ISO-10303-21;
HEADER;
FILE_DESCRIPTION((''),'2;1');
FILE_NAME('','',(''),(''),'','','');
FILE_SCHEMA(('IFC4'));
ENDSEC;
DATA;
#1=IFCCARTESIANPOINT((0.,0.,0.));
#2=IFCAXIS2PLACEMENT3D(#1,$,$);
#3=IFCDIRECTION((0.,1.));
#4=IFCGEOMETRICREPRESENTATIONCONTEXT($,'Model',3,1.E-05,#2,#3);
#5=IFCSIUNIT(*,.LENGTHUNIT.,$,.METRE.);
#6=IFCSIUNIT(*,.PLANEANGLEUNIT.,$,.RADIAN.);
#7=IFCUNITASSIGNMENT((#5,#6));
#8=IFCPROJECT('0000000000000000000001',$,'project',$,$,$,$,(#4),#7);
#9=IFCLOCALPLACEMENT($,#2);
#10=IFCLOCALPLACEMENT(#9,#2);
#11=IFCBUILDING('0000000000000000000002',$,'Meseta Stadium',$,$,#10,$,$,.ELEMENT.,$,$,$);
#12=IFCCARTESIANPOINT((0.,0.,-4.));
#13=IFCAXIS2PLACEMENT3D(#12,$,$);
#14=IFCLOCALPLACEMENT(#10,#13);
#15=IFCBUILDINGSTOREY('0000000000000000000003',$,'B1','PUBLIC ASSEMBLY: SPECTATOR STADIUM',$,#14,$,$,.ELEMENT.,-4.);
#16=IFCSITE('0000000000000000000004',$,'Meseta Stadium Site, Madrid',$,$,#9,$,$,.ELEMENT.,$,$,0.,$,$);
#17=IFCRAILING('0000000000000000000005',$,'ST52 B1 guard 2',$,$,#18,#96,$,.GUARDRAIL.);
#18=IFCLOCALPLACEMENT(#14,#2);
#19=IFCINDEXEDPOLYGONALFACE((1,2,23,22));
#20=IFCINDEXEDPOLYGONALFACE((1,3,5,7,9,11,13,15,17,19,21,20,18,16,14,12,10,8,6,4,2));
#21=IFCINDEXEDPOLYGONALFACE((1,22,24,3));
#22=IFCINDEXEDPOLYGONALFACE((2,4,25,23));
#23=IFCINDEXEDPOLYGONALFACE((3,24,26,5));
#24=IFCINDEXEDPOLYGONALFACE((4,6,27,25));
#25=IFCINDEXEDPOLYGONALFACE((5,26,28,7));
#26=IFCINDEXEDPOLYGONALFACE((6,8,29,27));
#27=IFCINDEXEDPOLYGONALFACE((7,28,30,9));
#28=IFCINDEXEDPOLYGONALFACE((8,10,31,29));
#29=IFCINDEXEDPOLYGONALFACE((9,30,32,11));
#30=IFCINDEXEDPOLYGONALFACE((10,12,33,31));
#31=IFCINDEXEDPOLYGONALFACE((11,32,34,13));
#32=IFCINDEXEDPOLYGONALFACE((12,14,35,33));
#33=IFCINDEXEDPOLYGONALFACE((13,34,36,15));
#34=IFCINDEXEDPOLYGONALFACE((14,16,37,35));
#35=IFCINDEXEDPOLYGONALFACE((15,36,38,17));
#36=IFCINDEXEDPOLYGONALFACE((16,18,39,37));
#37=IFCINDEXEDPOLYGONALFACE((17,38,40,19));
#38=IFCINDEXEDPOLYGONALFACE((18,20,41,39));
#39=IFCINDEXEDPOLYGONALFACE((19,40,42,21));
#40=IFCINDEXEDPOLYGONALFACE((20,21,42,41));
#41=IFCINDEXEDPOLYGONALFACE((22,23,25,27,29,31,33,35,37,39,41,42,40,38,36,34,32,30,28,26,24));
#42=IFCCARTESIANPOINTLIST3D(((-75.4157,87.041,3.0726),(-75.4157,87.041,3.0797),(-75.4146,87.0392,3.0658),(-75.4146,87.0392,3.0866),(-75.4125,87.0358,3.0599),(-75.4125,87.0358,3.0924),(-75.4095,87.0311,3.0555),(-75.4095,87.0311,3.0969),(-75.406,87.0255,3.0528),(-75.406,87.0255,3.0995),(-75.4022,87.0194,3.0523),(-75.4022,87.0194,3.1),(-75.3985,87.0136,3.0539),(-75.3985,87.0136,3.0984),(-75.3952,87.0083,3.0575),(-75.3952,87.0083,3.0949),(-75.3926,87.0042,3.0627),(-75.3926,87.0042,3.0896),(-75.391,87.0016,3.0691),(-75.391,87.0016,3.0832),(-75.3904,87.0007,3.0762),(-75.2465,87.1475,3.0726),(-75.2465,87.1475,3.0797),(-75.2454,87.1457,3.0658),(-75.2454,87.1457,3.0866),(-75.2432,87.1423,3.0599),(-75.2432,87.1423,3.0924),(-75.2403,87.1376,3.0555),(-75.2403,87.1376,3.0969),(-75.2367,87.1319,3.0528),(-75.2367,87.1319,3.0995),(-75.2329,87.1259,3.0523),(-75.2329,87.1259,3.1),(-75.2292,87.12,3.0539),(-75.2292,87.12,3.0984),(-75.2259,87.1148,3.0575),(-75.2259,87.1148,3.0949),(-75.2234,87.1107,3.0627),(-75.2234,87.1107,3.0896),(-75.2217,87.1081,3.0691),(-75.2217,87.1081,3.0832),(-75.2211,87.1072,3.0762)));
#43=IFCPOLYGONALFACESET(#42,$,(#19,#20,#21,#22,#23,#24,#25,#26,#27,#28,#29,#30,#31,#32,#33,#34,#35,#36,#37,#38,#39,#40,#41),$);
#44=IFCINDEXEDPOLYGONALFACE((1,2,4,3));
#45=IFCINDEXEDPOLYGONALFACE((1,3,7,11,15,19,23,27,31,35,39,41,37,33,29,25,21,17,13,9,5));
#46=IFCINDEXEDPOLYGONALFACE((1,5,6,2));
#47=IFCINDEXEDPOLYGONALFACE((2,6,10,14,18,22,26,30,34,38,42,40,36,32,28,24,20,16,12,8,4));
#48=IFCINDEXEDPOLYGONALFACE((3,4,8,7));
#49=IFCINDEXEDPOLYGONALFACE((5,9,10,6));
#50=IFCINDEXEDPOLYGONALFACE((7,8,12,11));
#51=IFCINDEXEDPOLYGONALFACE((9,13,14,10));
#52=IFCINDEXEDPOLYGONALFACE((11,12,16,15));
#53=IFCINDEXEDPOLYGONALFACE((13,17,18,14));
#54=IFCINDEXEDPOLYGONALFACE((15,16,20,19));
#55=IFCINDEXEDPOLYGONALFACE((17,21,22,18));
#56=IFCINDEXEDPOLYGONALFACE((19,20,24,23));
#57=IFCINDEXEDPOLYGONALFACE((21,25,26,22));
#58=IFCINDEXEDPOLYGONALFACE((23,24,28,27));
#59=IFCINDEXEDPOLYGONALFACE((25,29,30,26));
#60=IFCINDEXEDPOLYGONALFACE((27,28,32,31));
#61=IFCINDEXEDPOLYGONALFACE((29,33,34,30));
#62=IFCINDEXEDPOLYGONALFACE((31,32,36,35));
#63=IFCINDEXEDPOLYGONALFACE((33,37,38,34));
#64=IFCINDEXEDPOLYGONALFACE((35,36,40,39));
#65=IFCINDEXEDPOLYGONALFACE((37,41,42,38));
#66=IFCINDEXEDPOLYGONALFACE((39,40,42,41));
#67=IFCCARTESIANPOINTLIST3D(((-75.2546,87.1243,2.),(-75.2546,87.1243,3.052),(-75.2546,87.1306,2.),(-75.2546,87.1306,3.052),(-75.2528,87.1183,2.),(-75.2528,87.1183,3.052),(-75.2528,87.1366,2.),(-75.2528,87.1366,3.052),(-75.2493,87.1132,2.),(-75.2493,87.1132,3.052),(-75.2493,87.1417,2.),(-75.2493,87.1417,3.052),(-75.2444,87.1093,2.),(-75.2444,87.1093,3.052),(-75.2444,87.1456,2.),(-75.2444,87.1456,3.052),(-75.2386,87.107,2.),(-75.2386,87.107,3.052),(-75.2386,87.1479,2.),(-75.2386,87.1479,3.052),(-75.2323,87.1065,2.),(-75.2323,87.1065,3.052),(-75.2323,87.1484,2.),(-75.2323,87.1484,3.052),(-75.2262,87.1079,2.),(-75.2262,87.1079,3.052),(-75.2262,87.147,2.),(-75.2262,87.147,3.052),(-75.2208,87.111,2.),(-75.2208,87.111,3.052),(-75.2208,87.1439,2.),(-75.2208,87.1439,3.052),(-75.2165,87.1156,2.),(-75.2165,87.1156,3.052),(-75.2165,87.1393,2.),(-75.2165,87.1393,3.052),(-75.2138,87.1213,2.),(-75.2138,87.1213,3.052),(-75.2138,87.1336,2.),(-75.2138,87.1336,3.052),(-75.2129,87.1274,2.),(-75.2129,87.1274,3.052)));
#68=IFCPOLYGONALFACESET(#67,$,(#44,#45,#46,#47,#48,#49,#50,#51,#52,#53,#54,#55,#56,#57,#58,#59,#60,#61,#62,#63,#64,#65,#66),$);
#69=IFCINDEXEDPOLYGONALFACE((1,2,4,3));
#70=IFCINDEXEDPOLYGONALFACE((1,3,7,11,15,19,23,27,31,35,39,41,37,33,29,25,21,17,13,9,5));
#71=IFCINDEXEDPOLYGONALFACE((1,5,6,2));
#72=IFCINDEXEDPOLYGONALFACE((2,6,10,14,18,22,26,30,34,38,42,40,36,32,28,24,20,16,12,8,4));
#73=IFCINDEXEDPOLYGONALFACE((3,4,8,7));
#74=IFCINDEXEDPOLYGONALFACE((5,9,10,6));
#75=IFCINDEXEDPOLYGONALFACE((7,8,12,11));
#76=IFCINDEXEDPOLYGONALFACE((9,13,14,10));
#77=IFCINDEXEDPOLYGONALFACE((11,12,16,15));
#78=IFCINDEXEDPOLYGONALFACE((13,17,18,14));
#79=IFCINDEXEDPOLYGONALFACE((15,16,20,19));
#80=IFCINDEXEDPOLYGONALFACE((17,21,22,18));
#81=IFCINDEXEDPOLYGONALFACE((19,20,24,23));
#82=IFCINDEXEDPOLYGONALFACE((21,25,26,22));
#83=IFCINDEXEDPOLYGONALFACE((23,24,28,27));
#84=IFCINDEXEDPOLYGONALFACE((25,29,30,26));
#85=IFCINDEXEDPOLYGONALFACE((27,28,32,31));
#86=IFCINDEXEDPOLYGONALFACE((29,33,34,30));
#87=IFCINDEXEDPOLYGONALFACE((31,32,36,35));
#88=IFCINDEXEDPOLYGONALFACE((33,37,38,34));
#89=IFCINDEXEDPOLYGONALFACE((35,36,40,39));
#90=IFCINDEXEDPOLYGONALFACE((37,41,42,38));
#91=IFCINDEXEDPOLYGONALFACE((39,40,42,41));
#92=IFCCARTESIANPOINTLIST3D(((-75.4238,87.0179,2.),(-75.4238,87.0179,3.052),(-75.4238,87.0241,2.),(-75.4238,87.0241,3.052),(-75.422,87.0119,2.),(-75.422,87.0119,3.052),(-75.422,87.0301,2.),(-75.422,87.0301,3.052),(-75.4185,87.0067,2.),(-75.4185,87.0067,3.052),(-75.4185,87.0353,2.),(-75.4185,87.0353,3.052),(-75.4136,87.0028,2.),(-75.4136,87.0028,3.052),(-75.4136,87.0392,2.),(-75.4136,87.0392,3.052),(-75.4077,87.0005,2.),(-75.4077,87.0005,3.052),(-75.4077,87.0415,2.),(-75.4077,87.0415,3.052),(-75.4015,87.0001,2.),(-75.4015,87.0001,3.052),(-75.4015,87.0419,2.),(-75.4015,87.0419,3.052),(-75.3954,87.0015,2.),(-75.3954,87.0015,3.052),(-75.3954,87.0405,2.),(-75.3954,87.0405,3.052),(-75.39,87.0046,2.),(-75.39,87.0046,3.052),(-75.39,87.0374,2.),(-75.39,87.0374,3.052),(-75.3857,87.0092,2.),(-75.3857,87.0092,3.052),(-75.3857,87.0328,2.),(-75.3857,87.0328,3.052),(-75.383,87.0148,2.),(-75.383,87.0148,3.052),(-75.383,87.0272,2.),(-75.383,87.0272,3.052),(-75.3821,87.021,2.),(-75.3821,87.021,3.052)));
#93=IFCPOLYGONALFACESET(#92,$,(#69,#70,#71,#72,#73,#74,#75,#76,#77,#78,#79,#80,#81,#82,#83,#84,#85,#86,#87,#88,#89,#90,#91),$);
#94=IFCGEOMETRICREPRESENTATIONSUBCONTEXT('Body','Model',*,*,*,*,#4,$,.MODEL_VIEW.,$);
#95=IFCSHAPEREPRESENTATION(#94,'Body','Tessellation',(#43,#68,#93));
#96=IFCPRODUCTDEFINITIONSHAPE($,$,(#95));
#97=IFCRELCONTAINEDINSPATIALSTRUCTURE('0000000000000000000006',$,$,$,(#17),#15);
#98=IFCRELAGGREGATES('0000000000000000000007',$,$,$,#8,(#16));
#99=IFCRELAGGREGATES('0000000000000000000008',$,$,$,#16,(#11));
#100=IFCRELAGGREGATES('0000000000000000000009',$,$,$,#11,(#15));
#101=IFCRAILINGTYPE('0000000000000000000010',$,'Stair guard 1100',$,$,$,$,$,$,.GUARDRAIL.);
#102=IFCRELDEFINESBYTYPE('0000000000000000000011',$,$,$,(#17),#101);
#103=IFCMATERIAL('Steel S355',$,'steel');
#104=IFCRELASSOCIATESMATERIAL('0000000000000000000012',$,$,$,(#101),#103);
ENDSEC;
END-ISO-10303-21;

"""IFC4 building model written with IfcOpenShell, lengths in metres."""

from ifc_helpers import new_model, si_unit, direction, frame, origin, origin_2d, place, context, subcontext, project, spatial, circle, extrude, material, type_object, element, save


model = new_model("IFC4")

# Units and contexts
model_context = context("Model", 3, precision=1e-05, world=origin(), true_north=direction((0.0, 1.0)))
body_context = subcontext(model_context, "Body", "Model", "MODEL_VIEW")
ifc_project = project(units=[si_unit("LENGTHUNIT", "METRE"), si_unit("PLANEANGLEUNIT", "RADIAN")], contexts=[model_context])

# Site, building, storey
site_placement = place(None, origin())
site = spatial("IfcSite", under=ifc_project, at=site_placement, Name="Meseta Stadium Site, Madrid", CompositionType="ELEMENT", RefElevation=0.0)
building_placement = place(site_placement, origin())
building = spatial("IfcBuilding", under=site, at=building_placement, Name="Meseta Stadium", CompositionType="ELEMENT")
storey_placement = place(building_placement, frame((0.0, 0.0, -4.0)))
storey = spatial("IfcBuildingStorey", under=building, at=storey_placement, Name="B1", Description="PUBLIC ASSEMBLY: SPECTATOR STADIUM", CompositionType="ELEMENT", Elevation=-4.0)

# Railing
ifc_material_1 = material(Name="Steel S355", Category="steel")
railing_type_1 = type_object("IfcRailingType", Name="Stair guard 1100", PredefinedType="GUARDRAIL", material=ifc_material_1)
railing_1_placement = place(storey_placement, frame((-75.2339, 87.1274, 2.0)))
element("IfcRailing", 1, at=railing_1_placement, inside=storey, type_object=railing_type_1, Name="ST52 B1 guard 2", PredefinedType="GUARDRAIL", context=body_context, shape_type="SweptSolid", body=[
    extrude(circle(Radius=0.0239, at=origin_2d()), frame((0.0, 0.0, 1.0762), z_axis=(-0.846416, -0.532522, 0.0), x_axis=(0.532522, -0.846416, 0.0)), (0.0, 0.0, 1.0), 0.2),
    extrude(circle(Radius=0.021, at=origin_2d()), origin(), (0.0, 0.0, 1.0), 1.052),
    extrude(circle(Radius=0.021, at=origin_2d()), frame((-0.1692, -0.1064, 0.0)), (0.0, 0.0, 1.0), 1.052),
])

save(model, "model.ifc")
